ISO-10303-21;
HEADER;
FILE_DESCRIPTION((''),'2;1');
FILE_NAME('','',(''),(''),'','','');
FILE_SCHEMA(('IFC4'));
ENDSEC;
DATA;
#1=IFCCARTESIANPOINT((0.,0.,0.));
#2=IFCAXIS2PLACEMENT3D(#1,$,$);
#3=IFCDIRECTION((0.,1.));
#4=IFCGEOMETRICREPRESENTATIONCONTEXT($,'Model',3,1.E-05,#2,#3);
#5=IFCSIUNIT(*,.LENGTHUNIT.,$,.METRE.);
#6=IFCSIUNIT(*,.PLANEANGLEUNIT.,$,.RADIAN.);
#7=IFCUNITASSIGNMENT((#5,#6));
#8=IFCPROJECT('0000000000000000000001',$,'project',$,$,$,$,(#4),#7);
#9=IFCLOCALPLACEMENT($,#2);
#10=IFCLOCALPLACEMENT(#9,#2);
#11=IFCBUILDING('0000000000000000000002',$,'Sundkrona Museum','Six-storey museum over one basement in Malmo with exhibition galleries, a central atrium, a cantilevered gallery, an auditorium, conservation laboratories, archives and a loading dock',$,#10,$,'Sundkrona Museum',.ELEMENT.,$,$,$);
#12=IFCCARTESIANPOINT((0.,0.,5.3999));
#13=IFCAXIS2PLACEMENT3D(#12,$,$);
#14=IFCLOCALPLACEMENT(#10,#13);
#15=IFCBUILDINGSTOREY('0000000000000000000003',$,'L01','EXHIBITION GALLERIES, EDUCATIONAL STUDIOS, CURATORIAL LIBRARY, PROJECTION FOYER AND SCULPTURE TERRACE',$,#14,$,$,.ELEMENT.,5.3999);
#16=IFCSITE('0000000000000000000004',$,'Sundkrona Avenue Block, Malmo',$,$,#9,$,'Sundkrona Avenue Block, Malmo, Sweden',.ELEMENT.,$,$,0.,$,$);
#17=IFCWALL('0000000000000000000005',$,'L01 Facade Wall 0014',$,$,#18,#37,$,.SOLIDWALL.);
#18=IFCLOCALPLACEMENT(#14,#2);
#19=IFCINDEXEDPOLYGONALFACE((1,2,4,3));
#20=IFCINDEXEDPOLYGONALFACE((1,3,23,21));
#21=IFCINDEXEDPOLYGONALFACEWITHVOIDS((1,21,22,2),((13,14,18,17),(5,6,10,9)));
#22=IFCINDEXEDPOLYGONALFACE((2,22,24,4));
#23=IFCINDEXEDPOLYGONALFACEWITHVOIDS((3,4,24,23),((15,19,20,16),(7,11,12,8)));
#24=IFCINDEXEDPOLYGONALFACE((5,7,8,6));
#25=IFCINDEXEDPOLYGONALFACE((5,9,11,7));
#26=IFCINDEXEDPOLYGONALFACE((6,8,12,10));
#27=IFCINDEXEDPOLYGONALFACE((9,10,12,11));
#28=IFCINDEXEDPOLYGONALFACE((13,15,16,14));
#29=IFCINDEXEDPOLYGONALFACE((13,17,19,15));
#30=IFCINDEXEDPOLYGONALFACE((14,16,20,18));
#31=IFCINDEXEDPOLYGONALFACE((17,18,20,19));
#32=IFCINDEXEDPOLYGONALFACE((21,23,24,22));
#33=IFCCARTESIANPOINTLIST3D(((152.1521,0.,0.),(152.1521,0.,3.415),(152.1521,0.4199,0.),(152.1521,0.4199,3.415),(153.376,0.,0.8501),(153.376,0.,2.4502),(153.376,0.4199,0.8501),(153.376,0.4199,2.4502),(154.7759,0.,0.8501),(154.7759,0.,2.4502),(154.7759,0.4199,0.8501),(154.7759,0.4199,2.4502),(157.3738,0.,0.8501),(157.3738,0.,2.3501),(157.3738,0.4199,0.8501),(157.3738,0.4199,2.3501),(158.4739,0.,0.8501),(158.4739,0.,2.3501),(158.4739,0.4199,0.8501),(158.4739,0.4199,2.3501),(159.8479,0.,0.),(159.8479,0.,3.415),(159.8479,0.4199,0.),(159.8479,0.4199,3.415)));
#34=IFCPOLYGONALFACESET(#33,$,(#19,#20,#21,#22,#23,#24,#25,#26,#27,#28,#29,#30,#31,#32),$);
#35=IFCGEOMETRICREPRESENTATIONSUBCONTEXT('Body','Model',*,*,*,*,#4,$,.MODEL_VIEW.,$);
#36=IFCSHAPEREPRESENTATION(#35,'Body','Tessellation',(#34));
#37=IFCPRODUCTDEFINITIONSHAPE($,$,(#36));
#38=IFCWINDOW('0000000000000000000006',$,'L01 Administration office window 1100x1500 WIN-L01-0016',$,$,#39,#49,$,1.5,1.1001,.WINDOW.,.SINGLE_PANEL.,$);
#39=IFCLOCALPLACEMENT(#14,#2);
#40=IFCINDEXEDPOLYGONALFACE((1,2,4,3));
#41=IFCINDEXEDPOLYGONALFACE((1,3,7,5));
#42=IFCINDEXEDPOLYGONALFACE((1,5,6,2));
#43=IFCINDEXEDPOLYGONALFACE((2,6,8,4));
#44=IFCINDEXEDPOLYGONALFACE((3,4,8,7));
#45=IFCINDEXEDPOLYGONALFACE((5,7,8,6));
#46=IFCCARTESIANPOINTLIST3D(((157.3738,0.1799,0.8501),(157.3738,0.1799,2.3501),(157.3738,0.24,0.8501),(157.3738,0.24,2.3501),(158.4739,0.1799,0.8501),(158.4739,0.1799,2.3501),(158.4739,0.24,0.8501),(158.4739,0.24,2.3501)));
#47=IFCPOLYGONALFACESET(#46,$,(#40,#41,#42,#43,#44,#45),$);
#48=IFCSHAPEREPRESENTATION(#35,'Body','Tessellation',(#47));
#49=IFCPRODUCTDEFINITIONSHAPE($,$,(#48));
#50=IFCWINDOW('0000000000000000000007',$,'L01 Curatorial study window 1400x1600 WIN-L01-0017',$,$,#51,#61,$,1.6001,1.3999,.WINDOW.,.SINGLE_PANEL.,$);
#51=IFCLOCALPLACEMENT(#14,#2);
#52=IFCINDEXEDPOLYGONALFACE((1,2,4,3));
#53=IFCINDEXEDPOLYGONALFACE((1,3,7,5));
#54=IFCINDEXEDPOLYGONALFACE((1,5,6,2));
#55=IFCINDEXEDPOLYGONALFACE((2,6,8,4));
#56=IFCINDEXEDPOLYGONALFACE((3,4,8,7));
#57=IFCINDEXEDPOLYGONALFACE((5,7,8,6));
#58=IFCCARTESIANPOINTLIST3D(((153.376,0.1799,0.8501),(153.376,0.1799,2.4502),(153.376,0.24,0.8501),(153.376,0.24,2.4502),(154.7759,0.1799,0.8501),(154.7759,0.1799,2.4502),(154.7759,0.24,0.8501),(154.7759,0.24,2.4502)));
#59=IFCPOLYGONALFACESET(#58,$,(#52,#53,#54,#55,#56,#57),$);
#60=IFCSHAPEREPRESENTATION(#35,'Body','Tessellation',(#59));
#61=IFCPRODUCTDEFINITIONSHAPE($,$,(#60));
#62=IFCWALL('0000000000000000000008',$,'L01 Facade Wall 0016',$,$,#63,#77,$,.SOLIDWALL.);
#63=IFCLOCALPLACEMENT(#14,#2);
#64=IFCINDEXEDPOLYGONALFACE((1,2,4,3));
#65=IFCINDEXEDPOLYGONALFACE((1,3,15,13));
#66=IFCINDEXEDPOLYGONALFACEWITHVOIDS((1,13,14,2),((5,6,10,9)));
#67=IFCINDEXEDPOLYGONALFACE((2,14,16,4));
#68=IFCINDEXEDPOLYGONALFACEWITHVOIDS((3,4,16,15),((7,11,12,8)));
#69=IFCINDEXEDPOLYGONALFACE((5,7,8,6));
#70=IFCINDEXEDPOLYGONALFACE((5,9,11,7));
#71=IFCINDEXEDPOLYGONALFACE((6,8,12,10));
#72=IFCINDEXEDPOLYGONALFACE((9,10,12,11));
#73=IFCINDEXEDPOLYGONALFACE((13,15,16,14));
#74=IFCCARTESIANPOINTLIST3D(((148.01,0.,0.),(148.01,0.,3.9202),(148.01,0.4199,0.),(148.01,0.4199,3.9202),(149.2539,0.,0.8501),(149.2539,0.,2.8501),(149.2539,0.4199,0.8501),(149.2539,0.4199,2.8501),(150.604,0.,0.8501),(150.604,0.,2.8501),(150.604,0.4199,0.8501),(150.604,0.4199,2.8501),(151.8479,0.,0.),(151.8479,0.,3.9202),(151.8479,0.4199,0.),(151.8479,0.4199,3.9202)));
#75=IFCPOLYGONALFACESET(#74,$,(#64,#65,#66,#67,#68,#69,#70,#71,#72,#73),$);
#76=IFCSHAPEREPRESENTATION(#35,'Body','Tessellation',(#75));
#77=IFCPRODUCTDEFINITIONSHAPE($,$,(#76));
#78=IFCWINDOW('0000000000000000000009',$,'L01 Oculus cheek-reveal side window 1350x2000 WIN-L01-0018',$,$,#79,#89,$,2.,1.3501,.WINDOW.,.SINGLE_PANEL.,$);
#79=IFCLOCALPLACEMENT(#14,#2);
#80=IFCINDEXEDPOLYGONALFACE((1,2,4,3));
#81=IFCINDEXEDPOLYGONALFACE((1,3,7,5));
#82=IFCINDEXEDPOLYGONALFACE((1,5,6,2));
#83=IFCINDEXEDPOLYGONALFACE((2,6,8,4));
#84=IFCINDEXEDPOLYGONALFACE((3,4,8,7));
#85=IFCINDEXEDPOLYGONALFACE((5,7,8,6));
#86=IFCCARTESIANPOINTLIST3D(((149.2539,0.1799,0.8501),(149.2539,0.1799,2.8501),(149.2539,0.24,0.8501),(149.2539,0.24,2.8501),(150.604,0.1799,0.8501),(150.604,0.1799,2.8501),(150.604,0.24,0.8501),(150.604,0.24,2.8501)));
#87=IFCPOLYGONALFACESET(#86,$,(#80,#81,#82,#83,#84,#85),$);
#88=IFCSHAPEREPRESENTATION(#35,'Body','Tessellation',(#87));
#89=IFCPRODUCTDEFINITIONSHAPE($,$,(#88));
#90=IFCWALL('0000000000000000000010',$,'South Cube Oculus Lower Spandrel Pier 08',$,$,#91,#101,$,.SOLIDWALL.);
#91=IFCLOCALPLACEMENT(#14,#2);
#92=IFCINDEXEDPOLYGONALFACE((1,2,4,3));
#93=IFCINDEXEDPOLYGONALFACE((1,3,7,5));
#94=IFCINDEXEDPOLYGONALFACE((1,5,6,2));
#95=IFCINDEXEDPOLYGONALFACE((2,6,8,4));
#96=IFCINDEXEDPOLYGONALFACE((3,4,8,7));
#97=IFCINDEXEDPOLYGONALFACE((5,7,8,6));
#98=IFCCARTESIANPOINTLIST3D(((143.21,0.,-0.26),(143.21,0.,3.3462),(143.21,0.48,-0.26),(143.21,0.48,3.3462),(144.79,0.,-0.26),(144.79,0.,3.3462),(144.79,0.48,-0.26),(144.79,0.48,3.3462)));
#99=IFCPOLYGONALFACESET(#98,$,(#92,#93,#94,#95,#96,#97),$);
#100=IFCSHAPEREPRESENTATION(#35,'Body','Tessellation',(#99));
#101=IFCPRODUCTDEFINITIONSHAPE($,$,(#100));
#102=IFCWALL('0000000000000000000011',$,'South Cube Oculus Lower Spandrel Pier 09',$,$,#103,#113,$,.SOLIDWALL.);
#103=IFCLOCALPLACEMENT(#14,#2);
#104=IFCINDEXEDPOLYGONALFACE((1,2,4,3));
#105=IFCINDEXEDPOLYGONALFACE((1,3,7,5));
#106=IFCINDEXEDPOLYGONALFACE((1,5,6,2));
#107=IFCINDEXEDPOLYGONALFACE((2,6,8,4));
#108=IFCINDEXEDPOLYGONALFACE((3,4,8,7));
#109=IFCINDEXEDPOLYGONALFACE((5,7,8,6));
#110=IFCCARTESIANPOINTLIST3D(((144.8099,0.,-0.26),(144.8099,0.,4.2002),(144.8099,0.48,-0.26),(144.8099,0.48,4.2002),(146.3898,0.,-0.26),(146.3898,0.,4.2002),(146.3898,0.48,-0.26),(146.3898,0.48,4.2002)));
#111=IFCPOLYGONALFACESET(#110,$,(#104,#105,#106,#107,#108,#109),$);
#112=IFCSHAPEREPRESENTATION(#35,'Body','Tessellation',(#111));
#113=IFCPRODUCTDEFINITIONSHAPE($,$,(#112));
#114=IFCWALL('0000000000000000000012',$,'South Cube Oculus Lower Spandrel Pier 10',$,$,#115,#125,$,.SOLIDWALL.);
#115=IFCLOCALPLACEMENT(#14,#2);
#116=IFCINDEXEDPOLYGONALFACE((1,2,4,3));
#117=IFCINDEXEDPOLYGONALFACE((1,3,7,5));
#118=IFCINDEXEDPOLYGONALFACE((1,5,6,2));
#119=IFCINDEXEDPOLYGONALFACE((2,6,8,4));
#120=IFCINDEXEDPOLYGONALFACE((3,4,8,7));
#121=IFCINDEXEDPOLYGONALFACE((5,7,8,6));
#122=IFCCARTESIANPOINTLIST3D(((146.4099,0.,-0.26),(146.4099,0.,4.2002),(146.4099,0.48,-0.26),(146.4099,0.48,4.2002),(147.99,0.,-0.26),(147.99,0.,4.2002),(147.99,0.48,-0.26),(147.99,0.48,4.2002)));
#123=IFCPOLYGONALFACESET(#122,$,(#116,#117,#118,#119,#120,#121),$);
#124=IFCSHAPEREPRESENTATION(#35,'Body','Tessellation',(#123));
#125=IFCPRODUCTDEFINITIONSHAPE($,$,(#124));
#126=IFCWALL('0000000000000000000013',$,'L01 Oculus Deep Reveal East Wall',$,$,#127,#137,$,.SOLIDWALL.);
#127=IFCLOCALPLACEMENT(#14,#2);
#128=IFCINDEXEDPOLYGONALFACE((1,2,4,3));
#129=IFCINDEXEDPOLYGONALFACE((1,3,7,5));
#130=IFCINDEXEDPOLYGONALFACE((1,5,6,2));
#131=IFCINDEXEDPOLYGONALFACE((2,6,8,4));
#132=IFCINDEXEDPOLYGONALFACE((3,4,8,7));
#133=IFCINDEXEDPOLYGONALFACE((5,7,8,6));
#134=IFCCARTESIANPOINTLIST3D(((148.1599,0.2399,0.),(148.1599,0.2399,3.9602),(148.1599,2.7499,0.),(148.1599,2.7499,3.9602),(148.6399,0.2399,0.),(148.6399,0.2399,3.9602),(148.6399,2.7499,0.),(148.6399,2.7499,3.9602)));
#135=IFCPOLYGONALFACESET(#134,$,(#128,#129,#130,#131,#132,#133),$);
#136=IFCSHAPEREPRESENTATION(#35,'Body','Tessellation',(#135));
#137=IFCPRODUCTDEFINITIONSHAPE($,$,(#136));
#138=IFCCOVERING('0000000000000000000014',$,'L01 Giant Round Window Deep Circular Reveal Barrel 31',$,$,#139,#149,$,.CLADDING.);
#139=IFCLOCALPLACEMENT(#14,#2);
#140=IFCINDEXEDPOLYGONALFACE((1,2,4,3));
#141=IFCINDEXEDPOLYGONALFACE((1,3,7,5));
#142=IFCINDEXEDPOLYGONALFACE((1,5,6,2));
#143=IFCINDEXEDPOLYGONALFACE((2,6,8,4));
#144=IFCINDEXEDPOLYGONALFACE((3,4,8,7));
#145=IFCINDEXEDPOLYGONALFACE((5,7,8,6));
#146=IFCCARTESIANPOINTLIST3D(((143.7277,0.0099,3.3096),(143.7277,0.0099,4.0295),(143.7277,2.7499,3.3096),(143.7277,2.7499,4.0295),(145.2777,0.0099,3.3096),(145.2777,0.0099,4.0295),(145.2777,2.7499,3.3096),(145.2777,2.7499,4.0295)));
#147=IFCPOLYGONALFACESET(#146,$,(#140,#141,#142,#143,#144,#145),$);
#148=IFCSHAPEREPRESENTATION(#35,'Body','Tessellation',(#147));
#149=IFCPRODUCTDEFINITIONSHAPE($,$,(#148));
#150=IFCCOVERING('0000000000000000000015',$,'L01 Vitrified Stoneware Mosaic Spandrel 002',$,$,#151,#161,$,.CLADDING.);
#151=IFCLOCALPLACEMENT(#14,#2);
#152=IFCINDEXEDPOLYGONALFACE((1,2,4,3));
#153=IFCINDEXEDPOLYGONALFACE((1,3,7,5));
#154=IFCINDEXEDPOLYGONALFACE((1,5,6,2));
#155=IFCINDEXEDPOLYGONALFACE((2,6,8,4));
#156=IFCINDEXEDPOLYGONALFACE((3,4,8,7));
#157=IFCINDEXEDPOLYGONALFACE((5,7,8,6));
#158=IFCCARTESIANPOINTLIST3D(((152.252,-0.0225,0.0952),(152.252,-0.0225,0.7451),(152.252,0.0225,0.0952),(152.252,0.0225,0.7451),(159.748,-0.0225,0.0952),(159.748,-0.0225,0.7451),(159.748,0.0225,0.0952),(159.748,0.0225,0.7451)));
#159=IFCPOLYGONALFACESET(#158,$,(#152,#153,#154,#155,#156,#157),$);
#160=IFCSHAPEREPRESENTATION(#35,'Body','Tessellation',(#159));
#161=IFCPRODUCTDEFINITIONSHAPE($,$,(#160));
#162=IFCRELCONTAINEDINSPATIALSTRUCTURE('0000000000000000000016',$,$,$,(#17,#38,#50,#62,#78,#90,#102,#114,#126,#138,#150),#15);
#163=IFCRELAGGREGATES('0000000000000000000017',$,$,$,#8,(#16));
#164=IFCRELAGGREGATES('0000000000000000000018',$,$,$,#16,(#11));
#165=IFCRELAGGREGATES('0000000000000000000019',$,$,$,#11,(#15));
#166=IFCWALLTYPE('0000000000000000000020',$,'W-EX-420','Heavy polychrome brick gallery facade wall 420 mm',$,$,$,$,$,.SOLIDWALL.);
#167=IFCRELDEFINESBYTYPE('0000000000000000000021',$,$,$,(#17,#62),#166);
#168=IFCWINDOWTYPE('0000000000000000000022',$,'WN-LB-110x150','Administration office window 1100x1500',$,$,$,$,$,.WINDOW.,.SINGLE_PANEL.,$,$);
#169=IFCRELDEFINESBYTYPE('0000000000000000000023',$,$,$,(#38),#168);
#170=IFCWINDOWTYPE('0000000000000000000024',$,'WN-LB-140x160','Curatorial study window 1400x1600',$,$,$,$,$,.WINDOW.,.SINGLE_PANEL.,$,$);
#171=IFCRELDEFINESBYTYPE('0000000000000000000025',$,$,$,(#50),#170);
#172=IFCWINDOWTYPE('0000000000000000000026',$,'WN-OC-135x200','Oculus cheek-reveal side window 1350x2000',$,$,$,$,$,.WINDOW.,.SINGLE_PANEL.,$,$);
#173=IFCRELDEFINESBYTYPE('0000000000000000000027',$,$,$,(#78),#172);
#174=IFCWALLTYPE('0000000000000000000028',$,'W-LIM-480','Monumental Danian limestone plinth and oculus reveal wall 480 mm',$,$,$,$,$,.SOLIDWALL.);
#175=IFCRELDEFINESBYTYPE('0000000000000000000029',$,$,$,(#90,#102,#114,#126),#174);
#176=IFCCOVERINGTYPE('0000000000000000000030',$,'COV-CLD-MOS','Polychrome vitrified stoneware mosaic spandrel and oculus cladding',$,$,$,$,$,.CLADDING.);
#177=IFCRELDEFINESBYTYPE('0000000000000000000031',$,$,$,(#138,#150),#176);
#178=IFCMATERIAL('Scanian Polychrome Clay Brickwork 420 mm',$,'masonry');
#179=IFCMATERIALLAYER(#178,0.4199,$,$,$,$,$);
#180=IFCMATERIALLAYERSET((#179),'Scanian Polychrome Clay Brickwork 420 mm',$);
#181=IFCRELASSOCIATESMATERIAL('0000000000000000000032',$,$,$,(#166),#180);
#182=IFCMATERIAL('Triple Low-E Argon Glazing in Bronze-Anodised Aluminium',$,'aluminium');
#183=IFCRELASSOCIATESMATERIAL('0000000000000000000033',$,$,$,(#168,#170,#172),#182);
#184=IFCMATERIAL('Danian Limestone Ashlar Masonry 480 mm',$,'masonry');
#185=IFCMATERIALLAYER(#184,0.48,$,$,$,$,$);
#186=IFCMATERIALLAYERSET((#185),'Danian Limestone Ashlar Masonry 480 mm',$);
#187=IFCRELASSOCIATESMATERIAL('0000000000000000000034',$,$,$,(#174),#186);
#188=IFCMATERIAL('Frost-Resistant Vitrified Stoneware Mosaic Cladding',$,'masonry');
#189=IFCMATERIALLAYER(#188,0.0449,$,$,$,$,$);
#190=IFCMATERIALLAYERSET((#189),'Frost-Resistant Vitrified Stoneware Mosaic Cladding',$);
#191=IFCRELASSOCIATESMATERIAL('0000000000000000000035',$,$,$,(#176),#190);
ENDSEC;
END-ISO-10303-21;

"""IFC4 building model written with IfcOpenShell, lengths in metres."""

from ifc_helpers import new_model, si_unit, direction, frame, frame_2d, origin, origin_2d, place, context, subcontext, project, spatial, rectangle, extrude, material, layer, layer_set, type_object, element, fill, save


model = new_model("IFC4")

# Units and contexts
model_context = context("Model", 3, precision=1e-05, world=origin(), true_north=direction((0.0, 1.0)))
body_context = subcontext(model_context, "Body", "Model", "MODEL_VIEW")
ifc_project = project(units=[si_unit("LENGTHUNIT", "METRE"), si_unit("PLANEANGLEUNIT", "RADIAN")], contexts=[model_context])

# Site, building, storey
site_placement = place(None, origin())
site = spatial("IfcSite", under=ifc_project, at=site_placement, Name="Sundkrona Avenue Block, Malmo", LongName="Sundkrona Avenue Block, Malmo, Sweden", CompositionType="ELEMENT", RefElevation=0.0)
building_placement = place(site_placement, origin())
building = spatial("IfcBuilding", under=site, at=building_placement, Name="Sundkrona Museum", Description="Six-storey museum over one basement in Malmo with exhibition galleries, a central atrium, a cantilevered gallery, an auditorium, conservation laboratories, archives and a loading dock", LongName="Sundkrona Museum", CompositionType="ELEMENT")
storey_placement = place(building_placement, frame((0.0, 0.0, 5.3999)))
storey = spatial("IfcBuildingStorey", under=building, at=storey_placement, Name="L01", Description="EXHIBITION GALLERIES, EDUCATIONAL STUDIOS, CURATORIAL LIBRARY, PROJECTION FOYER AND SCULPTURE TERRACE", CompositionType="ELEMENT", Elevation=5.3999)

# Wall, openings, windows
ifc_material_1 = material(Name="Scanian Polychrome Clay Brickwork 420 mm", Category="masonry")
ifc_layer_1 = layer(ifc_material_1, 0.4199)
ifc_layer_set_1 = layer_set([ifc_layer_1], Name="Scanian Polychrome Clay Brickwork 420 mm")
wall_type_1 = type_object("IfcWallType", Name="W-EX-420", Description="Heavy polychrome brick gallery facade wall 420 mm", PredefinedType="SOLIDWALL", material=ifc_layer_set_1)
wall_1_placement = place(storey_placement, frame((159.8479, 0.21, 0.0), z_axis=(0.0, 0.0, 1.0), x_axis=(-1.0, 0.0, 0.0)))
wall_1 = element("IfcWall", 1, at=wall_1_placement, inside=storey, type_object=wall_type_1, Name="L01 Facade Wall 0014", PredefinedType="SOLIDWALL", context=body_context, shape_type="SweptSolid", body=[
    extrude(rectangle(XDim=7.6958, YDim=0.4199, at=frame_2d((3.8479, 0.0))), origin(), (0.0, 0.0, 1.0), 3.415),
])
opening_1_placement = place(wall_1_placement, frame((1.374, 0.0, 0.8501)))
opening_1 = element("IfcOpeningElement", 2, at=opening_1_placement, cuts=wall_1, PredefinedType="OPENING", context=body_context, shape_type="SweptSolid", body=[
    extrude(rectangle(XDim=1.1001, YDim=1.5, at=frame_2d((0.55, 0.75))), frame((0.0, 0.22, 0.0), z_axis=(0.0, -1.0, 0.0), x_axis=(1.0, 0.0, 0.0)), (0.0, 0.0, 1.0), 0.4399),
])
opening_2_placement = place(wall_1_placement, frame((5.072, 0.0, 0.8501)))
opening_2 = element("IfcOpeningElement", 3, at=opening_2_placement, cuts=wall_1, PredefinedType="OPENING", context=body_context, shape_type="SweptSolid", body=[
    extrude(rectangle(XDim=1.3999, YDim=1.6001, at=frame_2d((0.7, 0.8))), frame((0.0, 0.22, 0.0), z_axis=(0.0, -1.0, 0.0), x_axis=(1.0, 0.0, 0.0)), (0.0, 0.0, 1.0), 0.4399),
])
ifc_material_2 = material(Name="Triple Low-E Argon Glazing in Bronze-Anodised Aluminium", Category="aluminium")
window_type_1 = type_object("IfcWindowType", Name="WN-LB-110x150", Description="Administration office window 1100x1500", PartitioningType="SINGLE_PANEL", PredefinedType="WINDOW", material=ifc_material_2)
window_1_placement = place(opening_1_placement, origin())
window_1 = element("IfcWindow", 4, at=window_1_placement, inside=storey, type_object=window_type_1, Name="L01 Administration office window 1100x1500 WIN-L01-0016", OverallHeight=1.5, OverallWidth=1.1001, PartitioningType="SINGLE_PANEL", PredefinedType="WINDOW", context=body_context, shape_type="SweptSolid", body=[
    extrude(rectangle(XDim=1.1001, YDim=1.5, at=frame_2d((0.55, 0.75))), frame((0.0, 0.03, 0.0), z_axis=(0.0, -1.0, 0.0), x_axis=(1.0, 0.0, 0.0)), (0.0, 0.0, 1.0), 0.0601),
])
fill(opening_1, window_1)
window_type_2 = type_object("IfcWindowType", Name="WN-LB-140x160", Description="Curatorial study window 1400x1600", PartitioningType="SINGLE_PANEL", PredefinedType="WINDOW", material=ifc_material_2)
window_2_placement = place(opening_2_placement, origin())
window_2 = element("IfcWindow", 5, at=window_2_placement, inside=storey, type_object=window_type_2, Name="L01 Curatorial study window 1400x1600 WIN-L01-0017", OverallHeight=1.6001, OverallWidth=1.3999, PartitioningType="SINGLE_PANEL", PredefinedType="WINDOW", context=body_context, shape_type="SweptSolid", body=[
    extrude(rectangle(XDim=1.3999, YDim=1.6001, at=frame_2d((0.7, 0.8))), frame((0.0, 0.03, 0.0), z_axis=(0.0, -1.0, 0.0), x_axis=(1.0, 0.0, 0.0)), (0.0, 0.0, 1.0), 0.0601),
])
fill(opening_2, window_2)

# Wall, opening, window
wall_2_placement = place(storey_placement, frame((151.8479, 0.21, 0.0), z_axis=(0.0, 0.0, 1.0), x_axis=(-1.0, 0.0, 0.0)))
wall_2 = element("IfcWall", 6, at=wall_2_placement, inside=storey, type_object=wall_type_1, Name="L01 Facade Wall 0016", PredefinedType="SOLIDWALL", context=body_context, shape_type="SweptSolid", body=[
    extrude(rectangle(XDim=3.8379, YDim=0.4199, at=frame_2d((1.9189, 0.0))), origin(), (0.0, 0.0, 1.0), 3.9202),
])
opening_3_placement = place(wall_2_placement, frame((1.2439, 0.0, 0.8501)))
opening_3 = element("IfcOpeningElement", 7, at=opening_3_placement, cuts=wall_2, PredefinedType="OPENING", context=body_context, shape_type="SweptSolid", body=[
    extrude(rectangle(XDim=1.3501, YDim=2.0, at=frame_2d((0.675, 1.0))), frame((0.0, 0.22, 0.0), z_axis=(0.0, -1.0, 0.0), x_axis=(1.0, 0.0, 0.0)), (0.0, 0.0, 1.0), 0.4399),
])
window_type_3 = type_object("IfcWindowType", Name="WN-OC-135x200", Description="Oculus cheek-reveal side window 1350x2000", PartitioningType="SINGLE_PANEL", PredefinedType="WINDOW", material=ifc_material_2)
window_3_placement = place(opening_3_placement, origin())
window_3 = element("IfcWindow", 8, at=window_3_placement, inside=storey, type_object=window_type_3, Name="L01 Oculus cheek-reveal side window 1350x2000 WIN-L01-0018", OverallHeight=2.0, OverallWidth=1.3501, PartitioningType="SINGLE_PANEL", PredefinedType="WINDOW", context=body_context, shape_type="SweptSolid", body=[
    extrude(rectangle(XDim=1.3501, YDim=2.0, at=frame_2d((0.675, 1.0))), frame((0.0, 0.03, 0.0), z_axis=(0.0, -1.0, 0.0), x_axis=(1.0, 0.0, 0.0)), (0.0, 0.0, 1.0), 0.0601),
])
fill(opening_3, window_3)

# Walls
ifc_material_3 = material(Name="Danian Limestone Ashlar Masonry 480 mm", Category="masonry")
ifc_layer_2 = layer(ifc_material_3, 0.48)
ifc_layer_set_2 = layer_set([ifc_layer_2], Name="Danian Limestone Ashlar Masonry 480 mm")
wall_type_2 = type_object("IfcWallType", Name="W-LIM-480", Description="Monumental Danian limestone plinth and oculus reveal wall 480 mm", PredefinedType="SOLIDWALL", material=ifc_layer_set_2)
wall_3_placement = place(storey_placement, frame((144.79, 0.24, -0.26), z_axis=(0.0, 0.0, 1.0), x_axis=(-1.0, 0.0, 0.0)))
element("IfcWall", 9, at=wall_3_placement, inside=storey, type_object=wall_type_2, Name="South Cube Oculus Lower Spandrel Pier 08", PredefinedType="SOLIDWALL", context=body_context, shape_type="SweptSolid", body=[
    extrude(rectangle(XDim=1.5801, YDim=0.48, at=frame_2d((0.79, 0.0))), origin(), (0.0, 0.0, 1.0), 3.6062),
])
wall_4_placement = place(storey_placement, frame((146.3899, 0.24, -0.26), z_axis=(0.0, 0.0, 1.0), x_axis=(-1.0, 0.0, 0.0)))
element("IfcWall", 10, at=wall_4_placement, inside=storey, type_object=wall_type_2, Name="South Cube Oculus Lower Spandrel Pier 09", PredefinedType="SOLIDWALL", context=body_context, shape_type="SweptSolid", body=[
    extrude(rectangle(XDim=1.5798, YDim=0.48, at=frame_2d((0.79, 0.0))), origin(), (0.0, 0.0, 1.0), 4.4602),
])
wall_5_placement = place(storey_placement, frame((147.99, 0.24, -0.26), z_axis=(0.0, 0.0, 1.0), x_axis=(-1.0, 0.0, 0.0)))
element("IfcWall", 11, at=wall_5_placement, inside=storey, type_object=wall_type_2, Name="South Cube Oculus Lower Spandrel Pier 10", PredefinedType="SOLIDWALL", context=body_context, shape_type="SweptSolid", body=[
    extrude(rectangle(XDim=1.5801, YDim=0.48, at=frame_2d((0.79, 0.0))), origin(), (0.0, 0.0, 1.0), 4.4602),
])
wall_6_placement = place(storey_placement, frame((148.3999, 0.24, 0.0), z_axis=(0.0, 0.0, 1.0), x_axis=(0.0, 1.0, 0.0)))
element("IfcWall", 12, at=wall_6_placement, inside=storey, type_object=wall_type_2, Name="L01 Oculus Deep Reveal East Wall", PredefinedType="SOLIDWALL", context=body_context, shape_type="SweptSolid", body=[
    extrude(rectangle(XDim=2.51, YDim=0.48, at=frame_2d((1.2549, 0.0))), origin(), (0.0, 0.0, 1.0), 3.9602),
])

# Coverings
ifc_material_4 = material(Name="Frost-Resistant Vitrified Stoneware Mosaic Cladding", Category="masonry")
ifc_layer_3 = layer(ifc_material_4, 0.0449)
ifc_layer_set_3 = layer_set([ifc_layer_3], Name="Frost-Resistant Vitrified Stoneware Mosaic Cladding")
covering_type = type_object("IfcCoveringType", Name="COV-CLD-MOS", Description="Polychrome vitrified stoneware mosaic spandrel and oculus cladding", PredefinedType="CLADDING", material=ifc_layer_set_3)
covering_1_placement = place(storey_placement, frame((144.5027, 1.3799, 3.3096), z_axis=(0.0, 0.0, 1.0), x_axis=(1.0, 0.0, 0.0)))
element("IfcCovering", 13, at=covering_1_placement, inside=storey, type_object=covering_type, Name="L01 Giant Round Window Deep Circular Reveal Barrel 31", PredefinedType="CLADDING", context=body_context, shape_type="SweptSolid", body=[
    extrude(rectangle(XDim=1.55, YDim=2.74, at=origin_2d()), origin(), (0.0, 0.0, 1.0), 0.72),
])
covering_2_placement = place(storey_placement, frame((156.0, 0.0, 0.0952), z_axis=(0.0, 0.0, 1.0), x_axis=(1.0, 0.0, 0.0)))
element("IfcCovering", 14, at=covering_2_placement, inside=storey, type_object=covering_type, Name="L01 Vitrified Stoneware Mosaic Spandrel 002", PredefinedType="CLADDING", context=body_context, shape_type="SweptSolid", body=[
    extrude(rectangle(XDim=7.4961, YDim=0.0449, at=origin_2d()), origin(), (0.0, 0.0, 1.0), 0.6499),
])

save(model, "model.ifc")
